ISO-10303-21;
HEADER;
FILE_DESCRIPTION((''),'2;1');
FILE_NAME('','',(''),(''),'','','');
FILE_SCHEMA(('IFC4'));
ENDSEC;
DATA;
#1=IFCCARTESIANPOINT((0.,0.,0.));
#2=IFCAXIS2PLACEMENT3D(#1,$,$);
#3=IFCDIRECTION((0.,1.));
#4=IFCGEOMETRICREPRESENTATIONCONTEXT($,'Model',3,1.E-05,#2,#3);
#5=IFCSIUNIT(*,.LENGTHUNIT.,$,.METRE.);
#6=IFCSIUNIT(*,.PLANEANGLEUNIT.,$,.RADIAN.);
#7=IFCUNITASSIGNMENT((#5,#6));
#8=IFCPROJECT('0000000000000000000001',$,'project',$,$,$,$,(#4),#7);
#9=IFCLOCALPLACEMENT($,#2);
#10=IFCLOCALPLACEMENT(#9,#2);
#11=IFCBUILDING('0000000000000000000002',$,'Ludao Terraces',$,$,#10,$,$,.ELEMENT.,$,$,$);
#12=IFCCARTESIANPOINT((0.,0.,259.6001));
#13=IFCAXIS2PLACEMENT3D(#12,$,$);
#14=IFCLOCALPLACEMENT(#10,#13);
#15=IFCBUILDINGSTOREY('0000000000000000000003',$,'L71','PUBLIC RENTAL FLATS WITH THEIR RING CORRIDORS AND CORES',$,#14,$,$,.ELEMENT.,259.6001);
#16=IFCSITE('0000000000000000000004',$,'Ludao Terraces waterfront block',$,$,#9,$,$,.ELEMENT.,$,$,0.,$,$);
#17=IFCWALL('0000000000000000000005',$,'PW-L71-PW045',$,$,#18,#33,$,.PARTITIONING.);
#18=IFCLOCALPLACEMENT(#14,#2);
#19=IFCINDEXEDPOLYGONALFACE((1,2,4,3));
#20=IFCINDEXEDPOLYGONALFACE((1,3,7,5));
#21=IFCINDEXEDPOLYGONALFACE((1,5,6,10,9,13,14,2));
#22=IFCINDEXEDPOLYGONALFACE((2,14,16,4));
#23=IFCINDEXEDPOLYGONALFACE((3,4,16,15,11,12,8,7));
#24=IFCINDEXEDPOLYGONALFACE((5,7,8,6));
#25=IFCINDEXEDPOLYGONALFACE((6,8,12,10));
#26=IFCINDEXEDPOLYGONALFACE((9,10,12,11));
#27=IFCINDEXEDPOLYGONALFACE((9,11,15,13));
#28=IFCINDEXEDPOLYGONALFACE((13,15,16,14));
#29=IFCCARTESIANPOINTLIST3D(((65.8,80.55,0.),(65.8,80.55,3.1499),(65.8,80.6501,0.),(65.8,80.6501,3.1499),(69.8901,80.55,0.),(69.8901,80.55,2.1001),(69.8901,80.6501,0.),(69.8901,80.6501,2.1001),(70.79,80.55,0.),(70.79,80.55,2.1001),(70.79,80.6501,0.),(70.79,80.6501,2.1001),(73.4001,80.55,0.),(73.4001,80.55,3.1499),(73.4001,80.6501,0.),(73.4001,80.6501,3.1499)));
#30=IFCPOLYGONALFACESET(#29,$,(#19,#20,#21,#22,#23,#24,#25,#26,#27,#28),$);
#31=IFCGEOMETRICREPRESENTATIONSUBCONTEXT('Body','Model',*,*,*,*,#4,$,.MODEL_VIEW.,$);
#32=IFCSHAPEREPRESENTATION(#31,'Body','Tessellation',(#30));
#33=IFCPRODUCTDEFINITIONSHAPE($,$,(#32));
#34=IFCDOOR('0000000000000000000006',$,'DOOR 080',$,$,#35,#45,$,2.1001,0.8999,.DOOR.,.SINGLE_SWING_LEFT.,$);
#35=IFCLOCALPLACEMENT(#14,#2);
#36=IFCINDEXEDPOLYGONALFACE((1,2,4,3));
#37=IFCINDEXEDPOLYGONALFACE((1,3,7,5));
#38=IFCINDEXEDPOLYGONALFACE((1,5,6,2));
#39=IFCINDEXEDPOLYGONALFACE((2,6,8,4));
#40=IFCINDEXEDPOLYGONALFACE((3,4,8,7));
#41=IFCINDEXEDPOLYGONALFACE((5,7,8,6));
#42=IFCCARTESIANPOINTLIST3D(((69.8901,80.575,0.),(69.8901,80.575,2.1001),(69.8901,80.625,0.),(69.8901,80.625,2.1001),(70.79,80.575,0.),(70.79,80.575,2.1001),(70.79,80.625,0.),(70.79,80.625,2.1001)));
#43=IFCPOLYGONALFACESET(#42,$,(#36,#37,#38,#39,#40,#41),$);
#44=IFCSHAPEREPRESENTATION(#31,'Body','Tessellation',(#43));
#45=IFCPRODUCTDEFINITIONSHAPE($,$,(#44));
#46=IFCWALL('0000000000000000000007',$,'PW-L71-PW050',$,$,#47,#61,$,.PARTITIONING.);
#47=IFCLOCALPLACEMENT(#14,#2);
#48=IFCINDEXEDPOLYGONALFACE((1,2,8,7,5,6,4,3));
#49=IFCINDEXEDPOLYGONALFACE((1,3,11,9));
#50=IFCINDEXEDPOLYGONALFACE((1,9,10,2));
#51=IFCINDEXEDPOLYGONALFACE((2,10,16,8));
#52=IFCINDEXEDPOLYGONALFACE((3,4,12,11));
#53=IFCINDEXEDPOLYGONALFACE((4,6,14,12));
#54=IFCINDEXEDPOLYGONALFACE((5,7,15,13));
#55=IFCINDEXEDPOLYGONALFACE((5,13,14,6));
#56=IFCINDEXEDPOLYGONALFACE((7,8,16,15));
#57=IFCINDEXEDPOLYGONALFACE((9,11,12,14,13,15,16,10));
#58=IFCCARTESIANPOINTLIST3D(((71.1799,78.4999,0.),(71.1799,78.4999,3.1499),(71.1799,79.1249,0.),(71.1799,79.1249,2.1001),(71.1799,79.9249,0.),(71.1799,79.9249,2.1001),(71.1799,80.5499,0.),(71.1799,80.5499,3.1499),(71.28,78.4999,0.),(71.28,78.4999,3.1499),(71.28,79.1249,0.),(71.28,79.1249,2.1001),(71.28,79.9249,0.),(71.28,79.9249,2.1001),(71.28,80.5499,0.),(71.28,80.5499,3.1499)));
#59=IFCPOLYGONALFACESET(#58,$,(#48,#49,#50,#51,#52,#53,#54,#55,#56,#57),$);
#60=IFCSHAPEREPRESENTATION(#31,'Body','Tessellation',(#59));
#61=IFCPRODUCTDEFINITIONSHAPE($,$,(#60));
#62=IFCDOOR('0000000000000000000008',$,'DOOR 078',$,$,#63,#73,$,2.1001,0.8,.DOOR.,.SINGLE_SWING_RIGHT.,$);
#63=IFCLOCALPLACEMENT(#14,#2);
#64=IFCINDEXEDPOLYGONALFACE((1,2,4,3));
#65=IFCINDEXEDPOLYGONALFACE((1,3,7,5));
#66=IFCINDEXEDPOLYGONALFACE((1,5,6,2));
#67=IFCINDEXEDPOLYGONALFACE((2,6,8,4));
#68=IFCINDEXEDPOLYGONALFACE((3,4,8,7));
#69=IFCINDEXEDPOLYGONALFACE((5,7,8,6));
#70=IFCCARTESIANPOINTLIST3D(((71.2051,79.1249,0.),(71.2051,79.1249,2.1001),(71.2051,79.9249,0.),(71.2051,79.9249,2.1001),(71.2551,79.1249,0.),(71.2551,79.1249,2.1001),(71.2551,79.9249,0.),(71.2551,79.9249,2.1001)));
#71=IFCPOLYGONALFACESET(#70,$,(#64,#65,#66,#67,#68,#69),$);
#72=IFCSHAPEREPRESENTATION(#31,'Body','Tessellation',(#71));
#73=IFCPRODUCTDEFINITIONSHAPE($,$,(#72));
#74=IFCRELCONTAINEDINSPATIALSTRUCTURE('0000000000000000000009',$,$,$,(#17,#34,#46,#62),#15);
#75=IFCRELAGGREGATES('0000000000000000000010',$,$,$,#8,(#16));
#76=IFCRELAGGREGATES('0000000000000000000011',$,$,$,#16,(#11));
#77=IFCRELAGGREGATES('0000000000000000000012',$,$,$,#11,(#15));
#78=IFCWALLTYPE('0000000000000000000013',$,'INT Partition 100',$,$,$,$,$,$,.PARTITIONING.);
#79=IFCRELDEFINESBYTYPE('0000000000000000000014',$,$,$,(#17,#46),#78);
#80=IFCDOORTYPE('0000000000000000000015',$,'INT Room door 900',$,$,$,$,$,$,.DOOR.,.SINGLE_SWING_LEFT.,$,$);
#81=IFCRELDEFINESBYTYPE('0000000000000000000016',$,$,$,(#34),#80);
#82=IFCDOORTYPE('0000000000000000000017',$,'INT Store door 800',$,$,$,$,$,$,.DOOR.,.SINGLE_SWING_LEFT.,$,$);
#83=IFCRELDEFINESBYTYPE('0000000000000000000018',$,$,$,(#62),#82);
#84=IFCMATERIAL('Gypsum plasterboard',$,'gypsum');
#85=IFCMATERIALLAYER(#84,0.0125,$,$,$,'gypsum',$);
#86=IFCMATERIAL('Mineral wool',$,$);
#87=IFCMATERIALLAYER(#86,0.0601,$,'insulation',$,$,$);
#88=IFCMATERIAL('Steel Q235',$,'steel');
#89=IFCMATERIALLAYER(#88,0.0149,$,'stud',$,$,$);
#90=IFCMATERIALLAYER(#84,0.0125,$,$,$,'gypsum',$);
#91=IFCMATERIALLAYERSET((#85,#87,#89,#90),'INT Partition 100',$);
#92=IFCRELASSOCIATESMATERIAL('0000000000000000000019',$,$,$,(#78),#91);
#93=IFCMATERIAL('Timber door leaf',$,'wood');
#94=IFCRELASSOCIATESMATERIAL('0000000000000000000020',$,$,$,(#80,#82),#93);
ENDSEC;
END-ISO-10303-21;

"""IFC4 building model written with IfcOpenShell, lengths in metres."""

from ifc_helpers import new_model, si_unit, direction, frame, frame_2d, origin, place, context, subcontext, project, spatial, rectangle, extrude, material, layer, layer_set, type_object, element, fill, save


model = new_model("IFC4")

# Units and contexts
model_context = context("Model", 3, precision=1e-05, world=origin(), true_north=direction((0.0, 1.0)))
body_context = subcontext(model_context, "Body", "Model", "MODEL_VIEW")
ifc_project = project(units=[si_unit("LENGTHUNIT", "METRE"), si_unit("PLANEANGLEUNIT", "RADIAN")], contexts=[model_context])

# Site, building, storey
site_placement = place(None, origin())
site = spatial("IfcSite", under=ifc_project, at=site_placement, Name="Ludao Terraces waterfront block", CompositionType="ELEMENT", RefElevation=0.0)
building_placement = place(site_placement, origin())
building = spatial("IfcBuilding", under=site, at=building_placement, Name="Ludao Terraces", CompositionType="ELEMENT")
storey_placement = place(building_placement, frame((0.0, 0.0, 259.6001)))
storey = spatial("IfcBuildingStorey", under=building, at=storey_placement, Name="L71", Description="PUBLIC RENTAL FLATS WITH THEIR RING CORRIDORS AND CORES", CompositionType="ELEMENT", Elevation=259.6001)

# Shared definitions
ifc_material_1 = material(Name="Mineral wool")

# Shared definitions
ifc_material_2 = material(Name="Gypsum plasterboard", Category="gypsum")
ifc_layer_1 = layer(ifc_material_2, 0.0125, Category="gypsum")
ifc_layer_2 = layer(ifc_material_1, 0.0601, Name="insulation")
ifc_material_3 = material(Name="Steel Q235", Category="steel")
ifc_layer_3 = layer(ifc_material_3, 0.0149, Name="stud")
ifc_layer_4 = layer(ifc_material_2, 0.0125, Category="gypsum")
ifc_layer_set_1 = layer_set([ifc_layer_1, ifc_layer_2, ifc_layer_3, ifc_layer_4], Name="INT Partition 100")
wall_type_1 = type_object("IfcWallType", Name="INT Partition 100", PredefinedType="PARTITIONING", material=ifc_layer_set_1)

# Walls, openings, doors
wall_1_placement = place(storey_placement, frame((65.8, 80.6001, 0.0), z_axis=(0.0, 0.0, 1.0), x_axis=(1.0, 0.0, 0.0)))
wall_1 = element("IfcWall", 1, at=wall_1_placement, inside=storey, type_object=wall_type_1, Name="PW-L71-PW045", PredefinedType="PARTITIONING", context=body_context, shape_type="SweptSolid", body=[
    extrude(rectangle(XDim=7.6001, YDim=0.1001, at=frame_2d((3.8, 0.0))), origin(), (0.0, 0.0, 1.0), 3.1499),
])
opening_1_placement = place(wall_1_placement, frame((4.0901, 0.0, 0.0)))
opening_1 = element("IfcOpeningElement", 2, at=opening_1_placement, cuts=wall_1, PredefinedType="OPENING", context=body_context, shape_type="SweptSolid", body=[
    extrude(rectangle(XDim=0.8999, YDim=2.1001, at=frame_2d((0.45, 1.05))), frame((0.0, 0.0601, 0.0), z_axis=(0.0, -1.0, 0.0), x_axis=(1.0, 0.0, 0.0)), (0.0, 0.0, 1.0), 0.1201),
])
ifc_material_4 = material(Name="Timber door leaf", Category="wood")
door_type_1 = type_object("IfcDoorType", Name="INT Room door 900", OperationType="SINGLE_SWING_LEFT", PredefinedType="DOOR", material=ifc_material_4)
door_1_placement = place(opening_1_placement, origin())
door_1 = element("IfcDoor", 3, at=door_1_placement, inside=storey, type_object=door_type_1, Name="DOOR 080", OperationType="SINGLE_SWING_LEFT", OverallHeight=2.1001, OverallWidth=0.8999, PredefinedType="DOOR", context=body_context, shape_type="SweptSolid", body=[
    extrude(rectangle(XDim=0.8999, YDim=2.1001, at=frame_2d((0.45, 1.05))), frame((0.0, 0.0249, 0.0), z_axis=(0.0, -1.0, 0.0), x_axis=(1.0, 0.0, 0.0)), (0.0, 0.0, 1.0), 0.05),
])
fill(opening_1, door_1)
wall_2_placement = place(storey_placement, frame((71.23, 78.5, 0.0), z_axis=(0.0, 0.0, 1.0), x_axis=(0.0, 1.0, 0.0)))
wall_2 = element("IfcWall", 4, at=wall_2_placement, inside=storey, type_object=wall_type_1, Name="PW-L71-PW050", PredefinedType="PARTITIONING", context=body_context, shape_type="SweptSolid", body=[
    extrude(rectangle(XDim=2.05, YDim=0.1001, at=frame_2d((1.0249, 0.0))), origin(), (0.0, 0.0, 1.0), 3.1499),
])
opening_2_placement = place(wall_2_placement, frame((0.625, 0.0, 0.0)))
opening_2 = element("IfcOpeningElement", 5, at=opening_2_placement, cuts=wall_2, PredefinedType="OPENING", context=body_context, shape_type="SweptSolid", body=[
    extrude(rectangle(XDim=0.8, YDim=2.1001, at=frame_2d((0.3999, 1.05))), frame((0.0, 0.0601, 0.0), z_axis=(0.0, -1.0, 0.0), x_axis=(1.0, 0.0, 0.0)), (0.0, 0.0, 1.0), 0.1201),
])
door_type_2 = type_object("IfcDoorType", Name="INT Store door 800", OperationType="SINGLE_SWING_LEFT", PredefinedType="DOOR", material=ifc_material_4)
door_2_placement = place(opening_2_placement, origin())
door_2 = element("IfcDoor", 6, at=door_2_placement, inside=storey, type_object=door_type_2, Name="DOOR 078", OperationType="SINGLE_SWING_RIGHT", OverallHeight=2.1001, OverallWidth=0.8, PredefinedType="DOOR", context=body_context, shape_type="SweptSolid", body=[
    extrude(rectangle(XDim=0.8, YDim=2.1001, at=frame_2d((0.3999, 1.05))), frame((0.0, 0.0249, 0.0), z_axis=(0.0, -1.0, 0.0), x_axis=(1.0, 0.0, 0.0)), (0.0, 0.0, 1.0), 0.05),
])
fill(opening_2, door_2)

save(model, "model.ifc")
